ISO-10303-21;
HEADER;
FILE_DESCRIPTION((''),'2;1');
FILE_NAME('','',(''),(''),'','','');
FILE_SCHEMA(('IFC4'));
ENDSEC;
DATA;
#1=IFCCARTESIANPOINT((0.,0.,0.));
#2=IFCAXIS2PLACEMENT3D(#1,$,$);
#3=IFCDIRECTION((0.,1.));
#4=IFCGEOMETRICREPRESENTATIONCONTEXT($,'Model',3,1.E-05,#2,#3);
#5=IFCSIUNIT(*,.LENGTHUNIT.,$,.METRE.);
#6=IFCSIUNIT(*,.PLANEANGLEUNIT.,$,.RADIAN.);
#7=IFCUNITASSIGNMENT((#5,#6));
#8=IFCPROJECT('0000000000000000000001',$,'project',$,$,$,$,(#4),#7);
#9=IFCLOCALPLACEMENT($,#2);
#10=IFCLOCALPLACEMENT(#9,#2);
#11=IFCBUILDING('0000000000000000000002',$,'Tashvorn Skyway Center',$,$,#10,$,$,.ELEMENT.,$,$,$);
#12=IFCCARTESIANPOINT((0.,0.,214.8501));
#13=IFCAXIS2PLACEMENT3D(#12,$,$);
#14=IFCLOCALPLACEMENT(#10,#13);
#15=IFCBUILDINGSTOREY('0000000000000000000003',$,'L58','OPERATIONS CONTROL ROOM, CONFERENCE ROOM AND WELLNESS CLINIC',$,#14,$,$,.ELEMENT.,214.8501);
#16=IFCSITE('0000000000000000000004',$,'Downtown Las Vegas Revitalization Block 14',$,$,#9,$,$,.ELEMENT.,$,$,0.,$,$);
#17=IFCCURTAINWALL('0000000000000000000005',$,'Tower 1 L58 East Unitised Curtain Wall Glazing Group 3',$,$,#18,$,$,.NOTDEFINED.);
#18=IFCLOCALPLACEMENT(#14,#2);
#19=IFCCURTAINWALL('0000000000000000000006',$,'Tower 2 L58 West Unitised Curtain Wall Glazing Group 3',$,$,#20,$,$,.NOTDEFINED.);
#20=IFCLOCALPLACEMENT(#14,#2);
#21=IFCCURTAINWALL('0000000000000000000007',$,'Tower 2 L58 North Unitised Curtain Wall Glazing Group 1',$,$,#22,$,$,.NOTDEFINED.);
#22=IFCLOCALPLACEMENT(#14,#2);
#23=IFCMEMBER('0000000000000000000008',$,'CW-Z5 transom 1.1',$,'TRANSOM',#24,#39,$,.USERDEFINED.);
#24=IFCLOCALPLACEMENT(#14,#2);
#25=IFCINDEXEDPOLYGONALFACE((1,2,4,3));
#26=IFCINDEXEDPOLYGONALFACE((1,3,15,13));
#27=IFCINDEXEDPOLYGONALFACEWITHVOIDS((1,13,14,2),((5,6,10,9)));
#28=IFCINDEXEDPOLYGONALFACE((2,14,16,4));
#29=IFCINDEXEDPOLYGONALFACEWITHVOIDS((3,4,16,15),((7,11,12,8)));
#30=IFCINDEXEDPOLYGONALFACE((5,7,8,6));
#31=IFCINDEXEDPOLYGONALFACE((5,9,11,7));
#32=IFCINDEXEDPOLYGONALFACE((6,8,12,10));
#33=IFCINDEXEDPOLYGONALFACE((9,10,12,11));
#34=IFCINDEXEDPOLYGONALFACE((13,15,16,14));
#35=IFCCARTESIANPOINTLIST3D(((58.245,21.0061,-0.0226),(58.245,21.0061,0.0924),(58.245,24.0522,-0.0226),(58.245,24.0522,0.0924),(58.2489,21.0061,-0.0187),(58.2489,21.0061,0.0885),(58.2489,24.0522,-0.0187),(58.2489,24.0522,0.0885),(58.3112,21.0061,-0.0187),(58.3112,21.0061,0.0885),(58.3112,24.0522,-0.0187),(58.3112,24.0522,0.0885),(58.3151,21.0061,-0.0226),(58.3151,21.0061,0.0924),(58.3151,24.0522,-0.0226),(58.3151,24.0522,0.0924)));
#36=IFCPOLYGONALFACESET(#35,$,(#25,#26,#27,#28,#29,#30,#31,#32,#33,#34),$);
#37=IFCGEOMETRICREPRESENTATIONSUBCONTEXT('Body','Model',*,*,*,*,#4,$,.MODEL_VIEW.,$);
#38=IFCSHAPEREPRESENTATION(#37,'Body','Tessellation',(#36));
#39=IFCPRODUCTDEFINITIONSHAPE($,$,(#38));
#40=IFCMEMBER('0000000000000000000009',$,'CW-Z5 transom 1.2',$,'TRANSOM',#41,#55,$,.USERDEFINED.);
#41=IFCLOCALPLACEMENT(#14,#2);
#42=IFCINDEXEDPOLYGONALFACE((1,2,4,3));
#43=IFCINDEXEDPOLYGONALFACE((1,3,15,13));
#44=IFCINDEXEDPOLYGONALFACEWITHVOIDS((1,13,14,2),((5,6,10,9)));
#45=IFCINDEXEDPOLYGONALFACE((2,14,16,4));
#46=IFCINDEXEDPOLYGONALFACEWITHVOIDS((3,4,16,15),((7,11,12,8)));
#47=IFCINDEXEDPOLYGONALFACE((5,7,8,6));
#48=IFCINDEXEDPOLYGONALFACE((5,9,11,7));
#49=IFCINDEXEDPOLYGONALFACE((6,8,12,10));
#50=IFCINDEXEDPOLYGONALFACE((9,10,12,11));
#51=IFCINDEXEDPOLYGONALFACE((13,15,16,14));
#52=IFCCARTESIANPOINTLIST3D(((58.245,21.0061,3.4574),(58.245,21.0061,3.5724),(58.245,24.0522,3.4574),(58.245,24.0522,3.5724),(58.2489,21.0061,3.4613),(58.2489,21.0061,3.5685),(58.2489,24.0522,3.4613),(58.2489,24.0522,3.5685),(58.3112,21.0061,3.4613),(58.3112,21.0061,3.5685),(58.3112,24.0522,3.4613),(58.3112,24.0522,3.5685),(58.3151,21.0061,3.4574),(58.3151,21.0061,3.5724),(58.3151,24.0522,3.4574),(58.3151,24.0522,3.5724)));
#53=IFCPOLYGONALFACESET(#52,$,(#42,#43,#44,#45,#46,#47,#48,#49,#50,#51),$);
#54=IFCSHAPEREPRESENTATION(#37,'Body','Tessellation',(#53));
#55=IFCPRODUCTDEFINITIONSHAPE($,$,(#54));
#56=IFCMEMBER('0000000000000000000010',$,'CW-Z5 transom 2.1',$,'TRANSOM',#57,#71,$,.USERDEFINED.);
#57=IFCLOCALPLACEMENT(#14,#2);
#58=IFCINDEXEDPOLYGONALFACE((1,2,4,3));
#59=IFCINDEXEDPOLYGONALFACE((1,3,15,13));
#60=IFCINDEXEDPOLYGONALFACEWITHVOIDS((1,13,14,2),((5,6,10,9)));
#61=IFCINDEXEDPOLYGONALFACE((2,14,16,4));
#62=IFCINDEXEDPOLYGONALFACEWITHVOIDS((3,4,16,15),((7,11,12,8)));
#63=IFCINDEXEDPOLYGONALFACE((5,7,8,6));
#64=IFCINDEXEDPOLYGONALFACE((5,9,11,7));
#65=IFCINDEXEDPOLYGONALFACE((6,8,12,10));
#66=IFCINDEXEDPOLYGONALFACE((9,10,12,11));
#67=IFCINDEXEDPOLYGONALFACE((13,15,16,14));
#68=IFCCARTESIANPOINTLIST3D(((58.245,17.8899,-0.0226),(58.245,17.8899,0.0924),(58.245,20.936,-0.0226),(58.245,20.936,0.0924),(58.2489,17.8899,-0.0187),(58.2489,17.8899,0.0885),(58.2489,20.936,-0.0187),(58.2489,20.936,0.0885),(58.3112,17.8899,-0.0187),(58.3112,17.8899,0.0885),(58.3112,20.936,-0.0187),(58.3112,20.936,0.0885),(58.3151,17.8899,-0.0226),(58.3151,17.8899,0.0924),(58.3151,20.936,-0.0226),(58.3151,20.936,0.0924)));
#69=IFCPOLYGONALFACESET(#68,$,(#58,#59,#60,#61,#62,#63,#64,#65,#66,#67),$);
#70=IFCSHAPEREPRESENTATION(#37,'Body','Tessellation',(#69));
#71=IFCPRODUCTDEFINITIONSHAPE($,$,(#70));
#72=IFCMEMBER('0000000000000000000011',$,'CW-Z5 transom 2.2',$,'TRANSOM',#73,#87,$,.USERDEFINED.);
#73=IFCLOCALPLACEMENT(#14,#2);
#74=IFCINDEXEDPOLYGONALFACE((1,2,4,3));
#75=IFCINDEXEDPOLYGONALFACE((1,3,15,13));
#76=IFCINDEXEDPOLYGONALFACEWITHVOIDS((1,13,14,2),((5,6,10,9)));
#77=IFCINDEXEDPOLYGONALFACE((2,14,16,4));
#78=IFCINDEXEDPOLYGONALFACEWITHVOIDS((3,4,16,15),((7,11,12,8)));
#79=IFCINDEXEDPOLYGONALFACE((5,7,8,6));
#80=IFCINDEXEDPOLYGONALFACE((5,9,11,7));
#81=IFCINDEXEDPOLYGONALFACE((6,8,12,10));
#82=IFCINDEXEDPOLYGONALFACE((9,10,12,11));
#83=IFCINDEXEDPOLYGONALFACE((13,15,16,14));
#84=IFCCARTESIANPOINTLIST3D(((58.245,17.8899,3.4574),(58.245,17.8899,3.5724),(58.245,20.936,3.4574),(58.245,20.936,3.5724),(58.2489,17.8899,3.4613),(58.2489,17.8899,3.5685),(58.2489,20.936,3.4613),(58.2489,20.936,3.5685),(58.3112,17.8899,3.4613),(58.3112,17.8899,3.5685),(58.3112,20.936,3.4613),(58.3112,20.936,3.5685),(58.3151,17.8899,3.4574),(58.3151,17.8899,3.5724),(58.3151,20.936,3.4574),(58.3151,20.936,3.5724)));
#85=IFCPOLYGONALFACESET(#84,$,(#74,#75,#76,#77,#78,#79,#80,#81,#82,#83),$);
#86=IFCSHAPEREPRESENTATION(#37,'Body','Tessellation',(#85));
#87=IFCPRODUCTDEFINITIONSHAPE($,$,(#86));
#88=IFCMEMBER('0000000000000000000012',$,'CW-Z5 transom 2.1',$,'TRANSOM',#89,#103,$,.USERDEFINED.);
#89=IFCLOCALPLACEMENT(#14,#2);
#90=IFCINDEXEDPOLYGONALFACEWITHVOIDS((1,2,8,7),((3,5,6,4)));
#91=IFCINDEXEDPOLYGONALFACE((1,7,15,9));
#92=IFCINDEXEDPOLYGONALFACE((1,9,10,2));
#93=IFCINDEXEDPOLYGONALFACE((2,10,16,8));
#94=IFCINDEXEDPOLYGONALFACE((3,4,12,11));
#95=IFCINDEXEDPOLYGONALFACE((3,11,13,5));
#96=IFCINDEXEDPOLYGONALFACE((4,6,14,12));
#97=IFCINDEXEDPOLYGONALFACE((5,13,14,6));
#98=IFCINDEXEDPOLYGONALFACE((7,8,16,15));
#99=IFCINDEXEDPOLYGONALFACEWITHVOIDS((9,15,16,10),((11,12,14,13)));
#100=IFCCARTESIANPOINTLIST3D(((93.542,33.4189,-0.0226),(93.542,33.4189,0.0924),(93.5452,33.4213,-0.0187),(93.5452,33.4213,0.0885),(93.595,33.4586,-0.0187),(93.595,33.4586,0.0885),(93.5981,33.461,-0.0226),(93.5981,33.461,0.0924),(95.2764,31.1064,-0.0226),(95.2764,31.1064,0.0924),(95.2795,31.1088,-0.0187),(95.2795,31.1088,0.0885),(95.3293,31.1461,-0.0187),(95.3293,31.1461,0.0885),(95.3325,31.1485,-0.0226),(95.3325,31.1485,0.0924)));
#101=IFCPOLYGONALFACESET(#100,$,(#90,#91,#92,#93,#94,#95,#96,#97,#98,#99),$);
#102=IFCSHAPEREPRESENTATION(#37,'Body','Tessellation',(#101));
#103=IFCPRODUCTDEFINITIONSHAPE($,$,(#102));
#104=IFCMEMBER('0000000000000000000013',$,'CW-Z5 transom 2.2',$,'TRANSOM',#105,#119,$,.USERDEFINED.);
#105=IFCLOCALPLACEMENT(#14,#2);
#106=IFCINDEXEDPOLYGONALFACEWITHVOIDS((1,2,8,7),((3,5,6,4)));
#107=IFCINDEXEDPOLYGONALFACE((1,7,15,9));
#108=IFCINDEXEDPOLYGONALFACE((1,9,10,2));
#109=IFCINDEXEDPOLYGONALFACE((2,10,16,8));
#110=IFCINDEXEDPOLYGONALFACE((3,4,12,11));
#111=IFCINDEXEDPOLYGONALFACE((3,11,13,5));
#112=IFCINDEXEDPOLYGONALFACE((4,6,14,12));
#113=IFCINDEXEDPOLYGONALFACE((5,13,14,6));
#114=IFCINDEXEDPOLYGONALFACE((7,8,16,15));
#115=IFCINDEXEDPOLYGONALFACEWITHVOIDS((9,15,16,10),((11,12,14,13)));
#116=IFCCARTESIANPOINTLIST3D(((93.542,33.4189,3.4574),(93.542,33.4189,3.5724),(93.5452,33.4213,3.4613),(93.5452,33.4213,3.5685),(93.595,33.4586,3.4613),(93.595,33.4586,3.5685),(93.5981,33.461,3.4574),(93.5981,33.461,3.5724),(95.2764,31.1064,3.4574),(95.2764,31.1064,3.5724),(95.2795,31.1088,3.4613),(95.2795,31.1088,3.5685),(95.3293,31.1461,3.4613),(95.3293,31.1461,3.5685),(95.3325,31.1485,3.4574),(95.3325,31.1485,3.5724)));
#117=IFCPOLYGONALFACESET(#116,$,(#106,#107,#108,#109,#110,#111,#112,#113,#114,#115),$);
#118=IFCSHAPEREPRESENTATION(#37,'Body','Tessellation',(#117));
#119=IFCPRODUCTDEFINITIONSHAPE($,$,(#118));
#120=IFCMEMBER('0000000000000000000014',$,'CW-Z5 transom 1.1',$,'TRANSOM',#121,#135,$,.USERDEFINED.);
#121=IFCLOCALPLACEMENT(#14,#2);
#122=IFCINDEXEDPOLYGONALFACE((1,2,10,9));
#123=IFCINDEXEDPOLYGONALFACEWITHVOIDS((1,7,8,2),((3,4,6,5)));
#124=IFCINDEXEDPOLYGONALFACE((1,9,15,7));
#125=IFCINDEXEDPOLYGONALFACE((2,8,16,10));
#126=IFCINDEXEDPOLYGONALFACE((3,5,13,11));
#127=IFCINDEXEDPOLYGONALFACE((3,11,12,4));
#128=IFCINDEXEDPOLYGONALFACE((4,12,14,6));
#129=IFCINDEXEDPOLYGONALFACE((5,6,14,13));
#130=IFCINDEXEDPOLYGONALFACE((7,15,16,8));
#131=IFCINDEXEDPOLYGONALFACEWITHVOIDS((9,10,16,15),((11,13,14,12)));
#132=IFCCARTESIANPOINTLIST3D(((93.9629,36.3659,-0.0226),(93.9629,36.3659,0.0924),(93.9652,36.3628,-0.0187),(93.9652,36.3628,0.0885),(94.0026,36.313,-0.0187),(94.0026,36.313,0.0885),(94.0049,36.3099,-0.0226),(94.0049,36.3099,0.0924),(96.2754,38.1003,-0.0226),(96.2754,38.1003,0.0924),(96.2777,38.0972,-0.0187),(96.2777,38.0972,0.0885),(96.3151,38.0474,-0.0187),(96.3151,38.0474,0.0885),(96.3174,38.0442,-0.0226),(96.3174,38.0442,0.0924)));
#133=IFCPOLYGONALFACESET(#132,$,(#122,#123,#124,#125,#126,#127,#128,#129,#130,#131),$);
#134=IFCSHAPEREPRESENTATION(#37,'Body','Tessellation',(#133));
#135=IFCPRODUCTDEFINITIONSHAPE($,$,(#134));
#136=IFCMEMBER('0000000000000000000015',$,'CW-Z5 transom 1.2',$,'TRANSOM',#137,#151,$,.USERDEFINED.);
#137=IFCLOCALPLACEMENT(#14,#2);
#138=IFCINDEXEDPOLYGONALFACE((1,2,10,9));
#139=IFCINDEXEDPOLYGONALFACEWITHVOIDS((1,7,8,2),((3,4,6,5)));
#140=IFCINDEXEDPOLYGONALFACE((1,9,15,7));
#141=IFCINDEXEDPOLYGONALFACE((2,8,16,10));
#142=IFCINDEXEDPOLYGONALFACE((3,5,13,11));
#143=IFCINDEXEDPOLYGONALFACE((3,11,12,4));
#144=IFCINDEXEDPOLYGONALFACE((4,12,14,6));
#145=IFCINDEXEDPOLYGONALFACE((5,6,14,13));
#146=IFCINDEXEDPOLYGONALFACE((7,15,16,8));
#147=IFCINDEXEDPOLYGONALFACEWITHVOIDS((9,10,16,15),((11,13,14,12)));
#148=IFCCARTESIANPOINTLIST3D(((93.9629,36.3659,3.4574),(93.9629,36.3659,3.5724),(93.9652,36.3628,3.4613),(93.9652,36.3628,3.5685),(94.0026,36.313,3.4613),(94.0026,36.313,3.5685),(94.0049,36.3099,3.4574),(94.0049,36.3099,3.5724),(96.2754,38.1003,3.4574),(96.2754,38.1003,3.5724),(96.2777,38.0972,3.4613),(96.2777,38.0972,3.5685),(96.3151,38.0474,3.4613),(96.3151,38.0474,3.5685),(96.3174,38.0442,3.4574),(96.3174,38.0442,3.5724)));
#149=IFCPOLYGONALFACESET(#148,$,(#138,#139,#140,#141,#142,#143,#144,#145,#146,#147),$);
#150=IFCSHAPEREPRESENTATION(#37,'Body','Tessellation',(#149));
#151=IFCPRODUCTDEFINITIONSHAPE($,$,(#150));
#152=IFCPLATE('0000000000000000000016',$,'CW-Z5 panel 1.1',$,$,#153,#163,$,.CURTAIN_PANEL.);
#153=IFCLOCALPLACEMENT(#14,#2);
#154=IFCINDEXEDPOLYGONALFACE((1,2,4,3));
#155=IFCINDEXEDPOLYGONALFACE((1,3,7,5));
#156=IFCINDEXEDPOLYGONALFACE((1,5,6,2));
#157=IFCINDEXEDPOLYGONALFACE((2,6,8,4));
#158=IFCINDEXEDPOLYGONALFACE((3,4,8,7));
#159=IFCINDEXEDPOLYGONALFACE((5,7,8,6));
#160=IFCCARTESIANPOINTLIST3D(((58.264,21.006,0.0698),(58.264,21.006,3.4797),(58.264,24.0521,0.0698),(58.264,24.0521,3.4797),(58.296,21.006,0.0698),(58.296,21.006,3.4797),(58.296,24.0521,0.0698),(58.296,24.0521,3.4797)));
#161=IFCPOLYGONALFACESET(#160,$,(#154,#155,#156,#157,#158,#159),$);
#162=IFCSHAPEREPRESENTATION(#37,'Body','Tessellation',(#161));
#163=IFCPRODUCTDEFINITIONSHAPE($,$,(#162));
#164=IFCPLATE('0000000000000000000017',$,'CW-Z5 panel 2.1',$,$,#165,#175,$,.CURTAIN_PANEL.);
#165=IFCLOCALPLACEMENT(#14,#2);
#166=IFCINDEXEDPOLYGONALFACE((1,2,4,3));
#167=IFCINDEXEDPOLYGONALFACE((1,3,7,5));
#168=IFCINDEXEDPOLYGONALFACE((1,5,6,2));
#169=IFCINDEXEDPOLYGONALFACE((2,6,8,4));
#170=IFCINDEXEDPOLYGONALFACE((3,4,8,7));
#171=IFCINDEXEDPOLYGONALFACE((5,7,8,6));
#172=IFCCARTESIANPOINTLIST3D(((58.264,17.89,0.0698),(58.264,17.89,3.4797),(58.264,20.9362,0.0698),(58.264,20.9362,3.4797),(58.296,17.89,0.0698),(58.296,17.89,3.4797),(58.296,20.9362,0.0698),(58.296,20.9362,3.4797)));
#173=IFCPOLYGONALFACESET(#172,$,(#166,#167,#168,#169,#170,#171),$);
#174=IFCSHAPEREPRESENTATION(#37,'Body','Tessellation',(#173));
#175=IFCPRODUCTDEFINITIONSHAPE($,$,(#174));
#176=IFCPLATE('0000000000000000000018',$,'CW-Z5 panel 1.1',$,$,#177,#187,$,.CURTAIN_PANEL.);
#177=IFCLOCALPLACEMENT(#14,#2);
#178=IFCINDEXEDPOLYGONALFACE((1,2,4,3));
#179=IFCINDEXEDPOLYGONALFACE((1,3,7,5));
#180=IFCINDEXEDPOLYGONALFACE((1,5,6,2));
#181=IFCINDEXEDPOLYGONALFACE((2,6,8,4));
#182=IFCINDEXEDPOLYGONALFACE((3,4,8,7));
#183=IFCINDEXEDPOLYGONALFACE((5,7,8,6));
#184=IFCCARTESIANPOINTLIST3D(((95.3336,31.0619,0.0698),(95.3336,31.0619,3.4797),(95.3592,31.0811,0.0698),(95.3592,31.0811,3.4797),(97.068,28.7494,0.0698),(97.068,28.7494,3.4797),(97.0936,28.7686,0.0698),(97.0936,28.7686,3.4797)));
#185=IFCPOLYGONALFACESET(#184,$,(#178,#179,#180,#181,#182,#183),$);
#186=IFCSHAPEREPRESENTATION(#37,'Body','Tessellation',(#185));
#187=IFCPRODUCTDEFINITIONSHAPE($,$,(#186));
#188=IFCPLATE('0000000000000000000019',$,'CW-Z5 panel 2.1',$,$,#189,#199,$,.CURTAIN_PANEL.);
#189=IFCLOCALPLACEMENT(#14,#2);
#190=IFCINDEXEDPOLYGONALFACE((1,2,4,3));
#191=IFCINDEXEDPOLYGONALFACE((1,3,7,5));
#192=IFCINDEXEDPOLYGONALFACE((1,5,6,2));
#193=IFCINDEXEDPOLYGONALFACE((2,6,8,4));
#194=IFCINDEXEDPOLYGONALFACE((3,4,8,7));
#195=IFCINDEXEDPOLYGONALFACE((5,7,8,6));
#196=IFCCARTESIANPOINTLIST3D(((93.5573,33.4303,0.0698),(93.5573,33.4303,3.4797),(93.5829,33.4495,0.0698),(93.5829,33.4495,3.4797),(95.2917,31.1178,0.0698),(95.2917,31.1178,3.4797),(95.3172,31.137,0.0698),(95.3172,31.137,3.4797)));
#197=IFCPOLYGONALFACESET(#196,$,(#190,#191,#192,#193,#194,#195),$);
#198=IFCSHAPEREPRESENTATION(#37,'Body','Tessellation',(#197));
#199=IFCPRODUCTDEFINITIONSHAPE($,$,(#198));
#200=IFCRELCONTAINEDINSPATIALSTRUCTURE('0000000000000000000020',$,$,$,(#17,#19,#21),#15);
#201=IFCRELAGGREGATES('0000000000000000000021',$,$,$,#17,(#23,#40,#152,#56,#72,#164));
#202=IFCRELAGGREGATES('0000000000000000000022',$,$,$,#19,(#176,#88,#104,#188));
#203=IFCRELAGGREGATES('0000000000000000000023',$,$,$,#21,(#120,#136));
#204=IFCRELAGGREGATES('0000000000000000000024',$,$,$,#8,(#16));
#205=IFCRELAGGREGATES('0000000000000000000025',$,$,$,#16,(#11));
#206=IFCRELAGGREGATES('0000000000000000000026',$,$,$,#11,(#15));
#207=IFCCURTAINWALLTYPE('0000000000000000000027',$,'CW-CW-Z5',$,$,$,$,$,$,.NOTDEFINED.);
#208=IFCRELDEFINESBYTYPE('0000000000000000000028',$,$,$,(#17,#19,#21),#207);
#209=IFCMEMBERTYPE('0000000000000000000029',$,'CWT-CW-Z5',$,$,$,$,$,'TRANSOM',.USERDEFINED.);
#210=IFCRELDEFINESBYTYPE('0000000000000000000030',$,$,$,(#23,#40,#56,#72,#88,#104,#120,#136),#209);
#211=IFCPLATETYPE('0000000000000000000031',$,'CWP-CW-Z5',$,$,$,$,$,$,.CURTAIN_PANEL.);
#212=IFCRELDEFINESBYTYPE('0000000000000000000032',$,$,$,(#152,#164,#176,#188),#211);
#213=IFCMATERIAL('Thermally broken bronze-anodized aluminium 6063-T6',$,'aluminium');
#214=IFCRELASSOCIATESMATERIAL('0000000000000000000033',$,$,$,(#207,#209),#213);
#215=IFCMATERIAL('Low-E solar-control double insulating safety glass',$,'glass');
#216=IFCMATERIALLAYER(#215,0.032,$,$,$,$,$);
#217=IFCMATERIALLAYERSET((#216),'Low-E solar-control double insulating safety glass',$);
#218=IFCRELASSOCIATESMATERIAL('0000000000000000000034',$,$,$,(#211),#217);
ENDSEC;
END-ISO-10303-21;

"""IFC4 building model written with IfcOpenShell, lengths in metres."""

from ifc_helpers import new_model, si_unit, direction, frame, origin, origin_2d, place, context, subcontext, project, spatial, rectangle, hollow_rectangle, extrude, material, layer, layer_set, material_profile, profile_set, type_object, element, aggregate, save


model = new_model("IFC4")

# Units and contexts
model_context = context("Model", 3, precision=1e-05, world=origin(), true_north=direction((0.0, 1.0)))
body_context = subcontext(model_context, "Body", "Model", "MODEL_VIEW")
ifc_project = project(units=[si_unit("LENGTHUNIT", "METRE"), si_unit("PLANEANGLEUNIT", "RADIAN")], contexts=[model_context])

# Site, building, storey
site_placement = place(None, origin())
site = spatial("IfcSite", under=ifc_project, at=site_placement, Name="Downtown Las Vegas Revitalization Block 14", CompositionType="ELEMENT", RefElevation=0.0)
building_placement = place(site_placement, origin())
building = spatial("IfcBuilding", under=site, at=building_placement, Name="Tashvorn Skyway Center", CompositionType="ELEMENT")
storey_placement = place(building_placement, frame((0.0, 0.0, 214.8501)))
storey = spatial("IfcBuildingStorey", under=building, at=storey_placement, Name="L58", Description="OPERATIONS CONTROL ROOM, CONFERENCE ROOM AND WELLNESS CLINIC", CompositionType="ELEMENT", Elevation=214.8501)

# Curtain walls
ifc_material_1 = material(Name="Thermally broken bronze-anodized aluminium 6063-T6", Category="aluminium")
curtain_wall_type = type_object("IfcCurtainWallType", Name="CW-CW-Z5", PredefinedType="NOTDEFINED", material=ifc_material_1)
curtain_wall_1_placement = place(storey_placement, origin())
curtain_wall_1 = element("IfcCurtainWall", 1, at=curtain_wall_1_placement, inside=storey, type_object=curtain_wall_type, Name="Tower 1 L58 East Unitised Curtain Wall Glazing Group 3", PredefinedType="NOTDEFINED")
curtain_wall_2_placement = place(storey_placement, origin())
curtain_wall_2 = element("IfcCurtainWall", 2, at=curtain_wall_2_placement, inside=storey, type_object=curtain_wall_type, Name="Tower 2 L58 West Unitised Curtain Wall Glazing Group 3", PredefinedType="NOTDEFINED")
curtain_wall_3_placement = place(storey_placement, origin())
curtain_wall_3 = element("IfcCurtainWall", 3, at=curtain_wall_3_placement, inside=storey, type_object=curtain_wall_type, Name="Tower 2 L58 North Unitised Curtain Wall Glazing Group 1", PredefinedType="NOTDEFINED")

# Members
ifc_material_profile_1 = material_profile(ifc_material_1, hollow_rectangle(XDim=0.0701, YDim=0.115, WallThickness=0.0039, at=origin_2d()), Name="ALU-TRAN-70x115")
ifc_profile_set_1 = profile_set([ifc_material_profile_1], Name="Thermally broken bronze-anodized aluminium 6063-T6")
member_type_1 = type_object("IfcMemberType", Name="CWT-CW-Z5", ElementType="TRANSOM", PredefinedType="USERDEFINED", material=ifc_profile_set_1)
member_1_placement = place(storey_placement, frame((58.28, 24.0522, 0.0349), z_axis=(0.0, -1.0, 0.0), x_axis=(1.0, 0.0, 0.0)))
member_1 = element("IfcMember", 4, at=member_1_placement, type_object=member_type_1, Name="CW-Z5 transom 1.1", ObjectType="TRANSOM", PredefinedType="USERDEFINED", context=body_context, shape_type="SweptSolid", body=[
    extrude(hollow_rectangle(XDim=0.0701, YDim=0.115, WallThickness=0.0039, at=origin_2d()), origin(), (0.0, 0.0, 1.0), 3.0461),
])
member_2_placement = place(storey_placement, frame((58.28, 24.0522, 3.5149), z_axis=(0.0, -1.0, 0.0), x_axis=(1.0, 0.0, 0.0)))
member_2 = element("IfcMember", 5, at=member_2_placement, type_object=member_type_1, Name="CW-Z5 transom 1.2", ObjectType="TRANSOM", PredefinedType="USERDEFINED", context=body_context, shape_type="SweptSolid", body=[
    extrude(hollow_rectangle(XDim=0.0701, YDim=0.115, WallThickness=0.0039, at=origin_2d()), origin(), (0.0, 0.0, 1.0), 3.0461),
])
member_3_placement = place(storey_placement, frame((58.28, 20.936, 0.0349), z_axis=(0.0, -1.0, 0.0), x_axis=(1.0, 0.0, 0.0)))
member_3 = element("IfcMember", 6, at=member_3_placement, type_object=member_type_1, Name="CW-Z5 transom 2.1", ObjectType="TRANSOM", PredefinedType="USERDEFINED", context=body_context, shape_type="SweptSolid", body=[
    extrude(hollow_rectangle(XDim=0.0701, YDim=0.115, WallThickness=0.0039, at=origin_2d()), origin(), (0.0, 0.0, 1.0), 3.0461),
])
member_4_placement = place(storey_placement, frame((58.28, 20.936, 3.5149), z_axis=(0.0, -1.0, 0.0), x_axis=(1.0, 0.0, 0.0)))
member_4 = element("IfcMember", 7, at=member_4_placement, type_object=member_type_1, Name="CW-Z5 transom 2.2", ObjectType="TRANSOM", PredefinedType="USERDEFINED", context=body_context, shape_type="SweptSolid", body=[
    extrude(hollow_rectangle(XDim=0.0701, YDim=0.115, WallThickness=0.0039, at=origin_2d()), origin(), (0.0, 0.0, 1.0), 3.0461),
])
member_5_placement = place(storey_placement, frame((95.3044, 31.1274, 0.0349), z_axis=(-0.6, 0.8, 0.0), x_axis=(-0.8, -0.6, 0.0)))
member_5 = element("IfcMember", 8, at=member_5_placement, type_object=member_type_1, Name="CW-Z5 transom 2.1", ObjectType="TRANSOM", PredefinedType="USERDEFINED", context=body_context, shape_type="SweptSolid", body=[
    extrude(hollow_rectangle(XDim=0.0701, YDim=0.115, WallThickness=0.0039, at=origin_2d()), origin(), (0.0, 0.0, 1.0), 2.8906),
])
member_6_placement = place(storey_placement, frame((95.3044, 31.1274, 3.5149), z_axis=(-0.6, 0.8, 0.0), x_axis=(-0.8, -0.6, 0.0)))
member_6 = element("IfcMember", 9, at=member_6_placement, type_object=member_type_1, Name="CW-Z5 transom 2.2", ObjectType="TRANSOM", PredefinedType="USERDEFINED", context=body_context, shape_type="SweptSolid", body=[
    extrude(hollow_rectangle(XDim=0.0701, YDim=0.115, WallThickness=0.0039, at=origin_2d()), origin(), (0.0, 0.0, 1.0), 2.8906),
])
member_7_placement = place(storey_placement, frame((93.9839, 36.3379, 0.0349), z_axis=(0.8, 0.6, 0.0), x_axis=(-0.6, 0.8, 0.0)))
member_7 = element("IfcMember", 10, at=member_7_placement, type_object=member_type_1, Name="CW-Z5 transom 1.1", ObjectType="TRANSOM", PredefinedType="USERDEFINED", context=body_context, shape_type="SweptSolid", body=[
    extrude(hollow_rectangle(XDim=0.0701, YDim=0.115, WallThickness=0.0039, at=origin_2d()), origin(), (0.0, 0.0, 1.0), 2.8906),
])
member_8_placement = place(storey_placement, frame((93.9839, 36.3379, 3.5149), z_axis=(0.8, 0.6, 0.0), x_axis=(-0.6, 0.8, 0.0)))
member_8 = element("IfcMember", 11, at=member_8_placement, type_object=member_type_1, Name="CW-Z5 transom 1.2", ObjectType="TRANSOM", PredefinedType="USERDEFINED", context=body_context, shape_type="SweptSolid", body=[
    extrude(hollow_rectangle(XDim=0.0701, YDim=0.115, WallThickness=0.0039, at=origin_2d()), origin(), (0.0, 0.0, 1.0), 2.8906),
])

# Plates
ifc_material_2 = material(Name="Low-E solar-control double insulating safety glass", Category="glass")
ifc_layer_1 = layer(ifc_material_2, 0.032)
ifc_layer_set_1 = layer_set([ifc_layer_1], Name="Low-E solar-control double insulating safety glass")
plate_type = type_object("IfcPlateType", Name="CWP-CW-Z5", PredefinedType="CURTAIN_PANEL", material=ifc_layer_set_1)
plate_1_placement = place(storey_placement, frame((58.28, 22.5291, 0.0698), z_axis=(0.0, 0.0, 1.0), x_axis=(0.0, -1.0, 0.0)))
plate_1 = element("IfcPlate", 12, at=plate_1_placement, type_object=plate_type, Name="CW-Z5 panel 1.1", PredefinedType="CURTAIN_PANEL", context=body_context, shape_type="SweptSolid", body=[
    extrude(rectangle(XDim=3.0461, YDim=0.032, at=origin_2d()), origin(), (0.0, 0.0, 1.0), 3.4099),
])
plate_2_placement = place(storey_placement, frame((58.28, 19.4131, 0.0698), z_axis=(0.0, 0.0, 1.0), x_axis=(0.0, -1.0, 0.0)))
plate_2 = element("IfcPlate", 13, at=plate_2_placement, type_object=plate_type, Name="CW-Z5 panel 2.1", PredefinedType="CURTAIN_PANEL", context=body_context, shape_type="SweptSolid", body=[
    extrude(rectangle(XDim=3.0461, YDim=0.032, at=origin_2d()), origin(), (0.0, 0.0, 1.0), 3.4099),
])
aggregate(curtain_wall_1, [member_1, member_2, plate_1, member_3, member_4, plate_2])
plate_3_placement = place(storey_placement, frame((96.2136, 29.9153, 0.0698), z_axis=(0.0, 0.0, 1.0), x_axis=(-0.600003, 0.799998, 0.0)))
plate_3 = element("IfcPlate", 14, at=plate_3_placement, type_object=plate_type, Name="CW-Z5 panel 1.1", PredefinedType="CURTAIN_PANEL", context=body_context, shape_type="SweptSolid", body=[
    extrude(rectangle(XDim=2.8906, YDim=0.032, at=origin_2d()), origin(), (0.0, 0.0, 1.0), 3.4099),
])
plate_4_placement = place(storey_placement, frame((94.4373, 32.2837, 0.0698), z_axis=(0.0, 0.0, 1.0), x_axis=(-0.600003, 0.799998, 0.0)))
plate_4 = element("IfcPlate", 15, at=plate_4_placement, type_object=plate_type, Name="CW-Z5 panel 2.1", PredefinedType="CURTAIN_PANEL", context=body_context, shape_type="SweptSolid", body=[
    extrude(rectangle(XDim=2.8906, YDim=0.032, at=origin_2d()), origin(), (0.0, 0.0, 1.0), 3.4099),
])
aggregate(curtain_wall_2, [plate_3, member_5, member_6, plate_4])
aggregate(curtain_wall_3, [member_7, member_8])

save(model, "model.ifc")
